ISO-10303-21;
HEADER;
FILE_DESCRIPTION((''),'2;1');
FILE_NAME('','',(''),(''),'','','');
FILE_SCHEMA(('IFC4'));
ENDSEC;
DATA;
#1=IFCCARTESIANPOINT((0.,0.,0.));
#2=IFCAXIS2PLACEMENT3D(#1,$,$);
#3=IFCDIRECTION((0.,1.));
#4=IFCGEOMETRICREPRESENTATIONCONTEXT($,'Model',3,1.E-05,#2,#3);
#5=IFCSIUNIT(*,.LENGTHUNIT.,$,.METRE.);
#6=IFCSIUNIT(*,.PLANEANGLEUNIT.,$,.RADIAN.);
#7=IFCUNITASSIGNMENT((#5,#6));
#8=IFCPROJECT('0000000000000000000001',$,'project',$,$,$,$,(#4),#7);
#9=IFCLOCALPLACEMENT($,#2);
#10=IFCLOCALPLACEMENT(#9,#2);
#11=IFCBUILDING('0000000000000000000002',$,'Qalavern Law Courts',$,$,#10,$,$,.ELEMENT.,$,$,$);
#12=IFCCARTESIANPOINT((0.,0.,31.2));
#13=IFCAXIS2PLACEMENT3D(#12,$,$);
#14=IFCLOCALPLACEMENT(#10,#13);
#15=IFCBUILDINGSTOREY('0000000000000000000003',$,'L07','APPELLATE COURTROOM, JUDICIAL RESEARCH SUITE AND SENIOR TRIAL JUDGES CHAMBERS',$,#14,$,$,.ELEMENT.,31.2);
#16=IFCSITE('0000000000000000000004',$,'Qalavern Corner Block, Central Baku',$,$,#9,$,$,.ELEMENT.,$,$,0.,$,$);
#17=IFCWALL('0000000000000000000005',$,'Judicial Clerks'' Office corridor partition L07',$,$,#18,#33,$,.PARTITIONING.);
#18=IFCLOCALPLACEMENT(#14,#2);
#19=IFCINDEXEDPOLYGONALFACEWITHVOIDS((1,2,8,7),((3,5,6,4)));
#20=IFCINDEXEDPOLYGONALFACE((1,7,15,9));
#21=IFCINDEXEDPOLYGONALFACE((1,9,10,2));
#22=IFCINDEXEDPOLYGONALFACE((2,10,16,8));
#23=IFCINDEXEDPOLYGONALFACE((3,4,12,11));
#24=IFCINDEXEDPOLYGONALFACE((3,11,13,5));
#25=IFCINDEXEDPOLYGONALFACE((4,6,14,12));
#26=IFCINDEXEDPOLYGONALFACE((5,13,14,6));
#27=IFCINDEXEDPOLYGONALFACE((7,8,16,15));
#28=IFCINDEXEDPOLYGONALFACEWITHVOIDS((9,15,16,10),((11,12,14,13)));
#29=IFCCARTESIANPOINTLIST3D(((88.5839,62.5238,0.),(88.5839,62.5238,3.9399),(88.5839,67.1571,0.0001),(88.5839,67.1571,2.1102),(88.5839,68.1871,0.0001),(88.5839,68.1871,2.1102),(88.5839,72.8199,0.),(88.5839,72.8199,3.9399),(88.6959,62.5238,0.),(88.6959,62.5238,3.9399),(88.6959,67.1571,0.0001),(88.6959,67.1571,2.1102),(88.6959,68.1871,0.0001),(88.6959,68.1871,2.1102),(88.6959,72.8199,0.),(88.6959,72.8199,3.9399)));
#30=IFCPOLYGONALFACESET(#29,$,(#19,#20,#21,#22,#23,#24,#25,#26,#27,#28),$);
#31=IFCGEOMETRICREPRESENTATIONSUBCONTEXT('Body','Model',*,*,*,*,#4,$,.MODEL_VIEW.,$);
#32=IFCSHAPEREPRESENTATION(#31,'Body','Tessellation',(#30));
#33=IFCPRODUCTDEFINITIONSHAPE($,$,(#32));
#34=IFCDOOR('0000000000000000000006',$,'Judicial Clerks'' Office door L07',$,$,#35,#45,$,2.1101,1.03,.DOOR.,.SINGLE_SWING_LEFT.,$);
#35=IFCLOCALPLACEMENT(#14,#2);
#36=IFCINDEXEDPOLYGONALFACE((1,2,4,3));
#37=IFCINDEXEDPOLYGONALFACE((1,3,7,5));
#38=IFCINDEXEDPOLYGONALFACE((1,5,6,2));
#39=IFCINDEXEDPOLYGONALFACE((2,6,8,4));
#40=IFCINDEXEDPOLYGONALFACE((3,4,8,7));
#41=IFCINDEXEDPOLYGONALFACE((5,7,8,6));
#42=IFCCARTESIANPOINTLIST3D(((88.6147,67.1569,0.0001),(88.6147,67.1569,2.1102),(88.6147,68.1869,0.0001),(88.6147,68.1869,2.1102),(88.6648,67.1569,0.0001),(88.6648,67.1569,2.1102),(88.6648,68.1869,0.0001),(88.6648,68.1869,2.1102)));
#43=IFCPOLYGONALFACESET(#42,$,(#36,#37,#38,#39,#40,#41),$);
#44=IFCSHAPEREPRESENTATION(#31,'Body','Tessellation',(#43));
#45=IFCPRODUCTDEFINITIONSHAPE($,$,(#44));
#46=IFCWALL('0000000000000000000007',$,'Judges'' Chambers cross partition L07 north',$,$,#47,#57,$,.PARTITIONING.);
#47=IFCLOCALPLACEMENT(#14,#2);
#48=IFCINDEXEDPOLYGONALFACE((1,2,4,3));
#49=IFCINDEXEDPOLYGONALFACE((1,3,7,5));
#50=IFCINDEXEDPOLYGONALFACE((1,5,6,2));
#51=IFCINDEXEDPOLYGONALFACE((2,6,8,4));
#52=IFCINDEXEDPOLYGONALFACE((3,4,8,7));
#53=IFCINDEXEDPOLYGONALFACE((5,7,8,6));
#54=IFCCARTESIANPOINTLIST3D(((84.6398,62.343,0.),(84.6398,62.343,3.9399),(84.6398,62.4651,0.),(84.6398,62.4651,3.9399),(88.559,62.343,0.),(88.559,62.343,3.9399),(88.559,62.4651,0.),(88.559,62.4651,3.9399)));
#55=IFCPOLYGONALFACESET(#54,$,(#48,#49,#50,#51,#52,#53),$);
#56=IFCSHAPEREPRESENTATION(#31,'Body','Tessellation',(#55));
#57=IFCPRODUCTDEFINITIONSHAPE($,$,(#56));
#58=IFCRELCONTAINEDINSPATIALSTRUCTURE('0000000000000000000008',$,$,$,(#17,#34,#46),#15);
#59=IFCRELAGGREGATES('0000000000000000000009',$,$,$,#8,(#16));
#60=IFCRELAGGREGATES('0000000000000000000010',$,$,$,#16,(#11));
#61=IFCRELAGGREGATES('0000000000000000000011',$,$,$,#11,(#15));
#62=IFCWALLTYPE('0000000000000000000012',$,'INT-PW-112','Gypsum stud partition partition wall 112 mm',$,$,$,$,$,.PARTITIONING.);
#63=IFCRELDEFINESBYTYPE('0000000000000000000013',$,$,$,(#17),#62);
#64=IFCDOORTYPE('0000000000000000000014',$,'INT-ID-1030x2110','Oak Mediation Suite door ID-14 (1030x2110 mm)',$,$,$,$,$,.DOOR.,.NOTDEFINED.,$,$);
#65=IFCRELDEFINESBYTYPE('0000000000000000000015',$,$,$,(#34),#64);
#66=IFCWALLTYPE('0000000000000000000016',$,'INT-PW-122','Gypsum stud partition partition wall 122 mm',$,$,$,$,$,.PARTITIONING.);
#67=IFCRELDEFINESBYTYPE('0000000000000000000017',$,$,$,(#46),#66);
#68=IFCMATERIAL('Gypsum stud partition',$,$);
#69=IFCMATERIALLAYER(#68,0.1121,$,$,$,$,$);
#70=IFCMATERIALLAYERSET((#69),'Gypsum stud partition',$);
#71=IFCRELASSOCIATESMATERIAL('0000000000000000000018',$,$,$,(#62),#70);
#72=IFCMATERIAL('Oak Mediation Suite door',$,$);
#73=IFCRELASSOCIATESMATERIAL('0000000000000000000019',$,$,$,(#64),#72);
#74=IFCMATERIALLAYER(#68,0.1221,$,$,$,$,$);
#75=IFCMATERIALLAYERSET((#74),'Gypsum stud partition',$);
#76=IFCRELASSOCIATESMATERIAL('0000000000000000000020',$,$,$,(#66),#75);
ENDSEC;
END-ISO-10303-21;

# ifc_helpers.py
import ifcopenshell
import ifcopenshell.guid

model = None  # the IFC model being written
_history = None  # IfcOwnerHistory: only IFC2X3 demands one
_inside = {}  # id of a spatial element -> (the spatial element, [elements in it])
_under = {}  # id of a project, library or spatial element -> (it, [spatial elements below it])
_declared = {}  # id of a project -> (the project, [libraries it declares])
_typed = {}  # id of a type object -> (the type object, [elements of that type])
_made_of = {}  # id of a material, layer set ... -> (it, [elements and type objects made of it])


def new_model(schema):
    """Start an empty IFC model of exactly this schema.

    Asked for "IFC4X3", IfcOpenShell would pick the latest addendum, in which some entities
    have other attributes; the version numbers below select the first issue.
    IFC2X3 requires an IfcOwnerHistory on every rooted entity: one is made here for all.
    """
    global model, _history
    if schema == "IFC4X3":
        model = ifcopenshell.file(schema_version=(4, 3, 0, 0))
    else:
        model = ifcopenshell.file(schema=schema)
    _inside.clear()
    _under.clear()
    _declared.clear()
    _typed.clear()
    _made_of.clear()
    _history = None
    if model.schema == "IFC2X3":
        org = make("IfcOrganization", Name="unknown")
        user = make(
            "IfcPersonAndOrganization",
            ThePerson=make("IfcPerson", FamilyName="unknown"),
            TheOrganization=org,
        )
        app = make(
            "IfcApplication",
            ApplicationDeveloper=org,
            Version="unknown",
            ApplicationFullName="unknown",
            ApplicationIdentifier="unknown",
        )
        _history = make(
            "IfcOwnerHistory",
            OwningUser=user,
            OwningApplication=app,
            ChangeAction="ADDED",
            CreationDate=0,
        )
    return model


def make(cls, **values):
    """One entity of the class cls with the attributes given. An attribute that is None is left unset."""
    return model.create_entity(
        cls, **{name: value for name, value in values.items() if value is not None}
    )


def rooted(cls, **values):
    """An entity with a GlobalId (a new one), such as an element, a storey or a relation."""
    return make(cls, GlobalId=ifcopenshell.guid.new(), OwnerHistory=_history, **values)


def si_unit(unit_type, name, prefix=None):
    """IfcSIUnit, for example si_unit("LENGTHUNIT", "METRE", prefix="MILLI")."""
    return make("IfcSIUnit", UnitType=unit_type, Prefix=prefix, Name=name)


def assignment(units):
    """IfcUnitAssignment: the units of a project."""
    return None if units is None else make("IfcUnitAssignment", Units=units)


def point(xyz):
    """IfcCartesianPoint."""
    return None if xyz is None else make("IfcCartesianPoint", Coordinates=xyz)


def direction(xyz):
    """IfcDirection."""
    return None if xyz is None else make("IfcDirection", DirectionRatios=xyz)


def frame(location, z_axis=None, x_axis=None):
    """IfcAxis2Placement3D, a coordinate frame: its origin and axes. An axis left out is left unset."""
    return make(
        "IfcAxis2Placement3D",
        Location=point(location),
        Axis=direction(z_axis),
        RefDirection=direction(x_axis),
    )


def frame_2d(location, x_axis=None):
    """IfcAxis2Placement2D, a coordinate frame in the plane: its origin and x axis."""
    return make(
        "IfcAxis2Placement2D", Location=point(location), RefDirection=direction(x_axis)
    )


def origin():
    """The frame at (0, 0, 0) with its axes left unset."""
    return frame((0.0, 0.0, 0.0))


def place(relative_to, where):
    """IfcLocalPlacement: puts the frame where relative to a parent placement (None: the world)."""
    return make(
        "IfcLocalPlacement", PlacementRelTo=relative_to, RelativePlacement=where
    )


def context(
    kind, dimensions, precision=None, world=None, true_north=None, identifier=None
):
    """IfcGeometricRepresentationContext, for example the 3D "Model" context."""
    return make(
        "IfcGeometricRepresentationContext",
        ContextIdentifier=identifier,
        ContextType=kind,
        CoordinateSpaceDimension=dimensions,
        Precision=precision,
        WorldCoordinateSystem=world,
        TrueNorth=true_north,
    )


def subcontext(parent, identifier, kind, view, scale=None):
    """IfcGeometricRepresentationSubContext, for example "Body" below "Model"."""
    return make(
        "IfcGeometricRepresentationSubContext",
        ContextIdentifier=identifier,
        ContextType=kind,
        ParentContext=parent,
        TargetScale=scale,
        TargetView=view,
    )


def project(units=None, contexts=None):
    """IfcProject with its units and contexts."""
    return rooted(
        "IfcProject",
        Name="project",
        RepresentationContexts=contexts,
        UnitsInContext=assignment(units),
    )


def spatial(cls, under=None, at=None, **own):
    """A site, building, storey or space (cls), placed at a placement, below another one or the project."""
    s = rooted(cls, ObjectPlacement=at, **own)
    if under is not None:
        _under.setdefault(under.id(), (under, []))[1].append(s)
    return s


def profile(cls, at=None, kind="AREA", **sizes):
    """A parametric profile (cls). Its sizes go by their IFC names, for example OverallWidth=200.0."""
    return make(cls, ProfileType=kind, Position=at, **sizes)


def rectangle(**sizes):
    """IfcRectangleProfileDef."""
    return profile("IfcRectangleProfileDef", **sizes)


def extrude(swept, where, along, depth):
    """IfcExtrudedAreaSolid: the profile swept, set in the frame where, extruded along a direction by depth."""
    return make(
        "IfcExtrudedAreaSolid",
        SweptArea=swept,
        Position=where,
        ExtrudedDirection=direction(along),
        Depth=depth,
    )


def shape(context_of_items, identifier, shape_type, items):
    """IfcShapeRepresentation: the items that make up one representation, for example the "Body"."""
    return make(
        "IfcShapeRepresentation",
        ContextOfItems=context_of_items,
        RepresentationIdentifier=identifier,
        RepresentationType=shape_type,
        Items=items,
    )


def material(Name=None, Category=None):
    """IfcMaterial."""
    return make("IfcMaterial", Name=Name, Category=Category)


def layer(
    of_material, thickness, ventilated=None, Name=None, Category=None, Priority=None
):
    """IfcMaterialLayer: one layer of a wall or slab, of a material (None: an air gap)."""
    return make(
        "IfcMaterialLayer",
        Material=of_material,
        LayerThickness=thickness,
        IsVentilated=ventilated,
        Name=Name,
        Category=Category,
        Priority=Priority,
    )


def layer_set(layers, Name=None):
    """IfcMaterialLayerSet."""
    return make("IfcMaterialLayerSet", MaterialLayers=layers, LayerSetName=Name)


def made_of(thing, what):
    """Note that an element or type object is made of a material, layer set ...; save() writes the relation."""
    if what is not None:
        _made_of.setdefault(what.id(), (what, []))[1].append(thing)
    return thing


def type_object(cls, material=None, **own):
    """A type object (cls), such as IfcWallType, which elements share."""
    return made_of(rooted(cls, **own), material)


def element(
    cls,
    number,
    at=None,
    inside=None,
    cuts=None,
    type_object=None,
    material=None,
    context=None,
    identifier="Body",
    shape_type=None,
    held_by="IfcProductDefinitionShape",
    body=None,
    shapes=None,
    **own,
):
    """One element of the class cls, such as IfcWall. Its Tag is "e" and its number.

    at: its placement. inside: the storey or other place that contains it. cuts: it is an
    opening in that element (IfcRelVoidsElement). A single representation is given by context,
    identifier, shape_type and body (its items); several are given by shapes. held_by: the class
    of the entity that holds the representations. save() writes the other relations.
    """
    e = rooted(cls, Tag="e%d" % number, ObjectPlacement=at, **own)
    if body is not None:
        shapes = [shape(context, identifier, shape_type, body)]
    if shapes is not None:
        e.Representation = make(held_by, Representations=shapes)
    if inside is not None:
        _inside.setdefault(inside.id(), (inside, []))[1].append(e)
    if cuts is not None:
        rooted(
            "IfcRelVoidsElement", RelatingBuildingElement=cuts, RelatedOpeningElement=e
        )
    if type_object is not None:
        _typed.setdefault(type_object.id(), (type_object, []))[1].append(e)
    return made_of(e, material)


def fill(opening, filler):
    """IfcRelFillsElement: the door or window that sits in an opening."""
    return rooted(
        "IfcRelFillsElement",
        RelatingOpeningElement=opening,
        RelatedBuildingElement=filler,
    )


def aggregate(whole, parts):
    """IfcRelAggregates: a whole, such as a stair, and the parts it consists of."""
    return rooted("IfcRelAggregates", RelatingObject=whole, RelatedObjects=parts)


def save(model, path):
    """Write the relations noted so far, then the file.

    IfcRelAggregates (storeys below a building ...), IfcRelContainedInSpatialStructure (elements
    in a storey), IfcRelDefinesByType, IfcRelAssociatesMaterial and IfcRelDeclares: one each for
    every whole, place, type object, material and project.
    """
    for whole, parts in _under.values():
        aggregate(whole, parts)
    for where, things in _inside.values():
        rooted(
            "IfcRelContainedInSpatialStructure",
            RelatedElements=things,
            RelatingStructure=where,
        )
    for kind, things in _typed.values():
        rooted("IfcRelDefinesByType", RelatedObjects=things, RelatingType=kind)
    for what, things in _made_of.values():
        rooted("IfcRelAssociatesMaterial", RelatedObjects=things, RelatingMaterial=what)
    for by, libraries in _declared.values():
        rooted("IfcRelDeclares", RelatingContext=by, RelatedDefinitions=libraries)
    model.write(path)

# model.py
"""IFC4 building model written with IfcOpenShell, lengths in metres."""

from ifc_helpers import new_model, si_unit, direction, frame, frame_2d, origin, place, context, subcontext, project, spatial, rectangle, extrude, material, layer, layer_set, type_object, element, fill, save


model = new_model("IFC4")

# Units and contexts
model_context = context("Model", 3, precision=1e-05, world=origin(), true_north=direction((0.0, 1.0)))
body_context = subcontext(model_context, "Body", "Model", "MODEL_VIEW")
ifc_project = project(units=[si_unit("LENGTHUNIT", "METRE"), si_unit("PLANEANGLEUNIT", "RADIAN")], contexts=[model_context])

# Site, building, storey
site_placement = place(None, origin())
site = spatial("IfcSite", under=ifc_project, at=site_placement, Name="Qalavern Corner Block, Central Baku", CompositionType="ELEMENT", RefElevation=0.0)
building_placement = place(site_placement, origin())
building = spatial("IfcBuilding", under=site, at=building_placement, Name="Qalavern Law Courts", CompositionType="ELEMENT")
storey_placement = place(building_placement, frame((0.0, 0.0, 31.2)))
storey = spatial("IfcBuildingStorey", under=building, at=storey_placement, Name="L07", Description="APPELLATE COURTROOM, JUDICIAL RESEARCH SUITE AND SENIOR TRIAL JUDGES CHAMBERS", CompositionType="ELEMENT", Elevation=31.2)

# Wall, opening, door
ifc_material_1 = material(Name="Gypsum stud partition")
ifc_layer_1 = layer(ifc_material_1, 0.1121)
ifc_layer_set_1 = layer_set([ifc_layer_1], Name="Gypsum stud partition")
wall_type_1 = type_object("IfcWallType", Name="INT-PW-112", Description="Gypsum stud partition partition wall 112 mm", PredefinedType="PARTITIONING", material=ifc_layer_set_1)
wall_1_placement = place(storey_placement, frame((88.6399, 62.5239, 0.0), z_axis=(0.0, 0.0, 1.0), x_axis=(0.0, 1.0, 0.0)))
wall_1 = element("IfcWall", 1, at=wall_1_placement, inside=storey, type_object=wall_type_1, Name="Judicial Clerks' Office corridor partition L07", PredefinedType="PARTITIONING", context=body_context, shape_type="SweptSolid", body=[
    extrude(rectangle(XDim=10.2961, YDim=0.1121, at=frame_2d((5.1479, 0.0))), origin(), (0.0, 0.0, 1.0), 3.9399),
])
opening_placement = place(wall_1_placement, frame((4.6331, 0.0, 0.0)))
opening = element("IfcOpeningElement", 2, at=opening_placement, cuts=wall_1, PredefinedType="OPENING", context=body_context, shape_type="SweptSolid", body=[
    extrude(rectangle(XDim=1.03, YDim=2.1101, at=frame_2d((0.5151, 1.0552))), frame((0.0, 0.0708, 0.0), z_axis=(0.0, -1.0, 0.0), x_axis=(1.0, 0.0, 0.0)), (0.0, 0.0, 1.0), 0.1418),
])
ifc_material_2 = material(Name="Oak Mediation Suite door")
door_type = type_object("IfcDoorType", Name="INT-ID-1030x2110", Description="Oak Mediation Suite door ID-14 (1030x2110 mm)", OperationType="NOTDEFINED", PredefinedType="DOOR", material=ifc_material_2)
door_placement = place(opening_placement, frame((1.03, 0.0, 0.0), z_axis=(0.0, 0.0, 1.0), x_axis=(-1.0, 0.0, 0.0)))
door = element("IfcDoor", 3, at=door_placement, inside=storey, type_object=door_type, Name="Judicial Clerks' Office door L07", OperationType="SINGLE_SWING_LEFT", OverallHeight=2.1101, OverallWidth=1.03, PredefinedType="DOOR", context=body_context, shape_type="SweptSolid", body=[
    extrude(rectangle(XDim=1.03, YDim=2.1101, at=frame_2d((0.5151, 1.0552))), frame((0.0, 0.0249, 0.0), z_axis=(0.0, -1.0, 0.0), x_axis=(1.0, 0.0, 0.0)), (0.0, 0.0, 1.0), 0.05),
])
fill(opening, door)

# Wall
ifc_layer_2 = layer(ifc_material_1, 0.1221)
ifc_layer_set_2 = layer_set([ifc_layer_2], Name="Gypsum stud partition")
wall_type_2 = type_object("IfcWallType", Name="INT-PW-122", Description="Gypsum stud partition partition wall 122 mm", PredefinedType="PARTITIONING", material=ifc_layer_set_2)
wall_2_placement = place(storey_placement, frame((84.6399, 62.4041, 0.0), z_axis=(0.0, 0.0, 1.0), x_axis=(1.0, 0.0, 0.0)))
element("IfcWall", 4, at=wall_2_placement, inside=storey, type_object=wall_type_2, Name="Judges' Chambers cross partition L07 north", PredefinedType="PARTITIONING", context=body_context, shape_type="SweptSolid", body=[
    extrude(rectangle(XDim=3.9192, YDim=0.1221, at=frame_2d((1.9595, 0.0))), origin(), (0.0, 0.0, 1.0), 3.9399),
])

save(model, "model.ifc")
